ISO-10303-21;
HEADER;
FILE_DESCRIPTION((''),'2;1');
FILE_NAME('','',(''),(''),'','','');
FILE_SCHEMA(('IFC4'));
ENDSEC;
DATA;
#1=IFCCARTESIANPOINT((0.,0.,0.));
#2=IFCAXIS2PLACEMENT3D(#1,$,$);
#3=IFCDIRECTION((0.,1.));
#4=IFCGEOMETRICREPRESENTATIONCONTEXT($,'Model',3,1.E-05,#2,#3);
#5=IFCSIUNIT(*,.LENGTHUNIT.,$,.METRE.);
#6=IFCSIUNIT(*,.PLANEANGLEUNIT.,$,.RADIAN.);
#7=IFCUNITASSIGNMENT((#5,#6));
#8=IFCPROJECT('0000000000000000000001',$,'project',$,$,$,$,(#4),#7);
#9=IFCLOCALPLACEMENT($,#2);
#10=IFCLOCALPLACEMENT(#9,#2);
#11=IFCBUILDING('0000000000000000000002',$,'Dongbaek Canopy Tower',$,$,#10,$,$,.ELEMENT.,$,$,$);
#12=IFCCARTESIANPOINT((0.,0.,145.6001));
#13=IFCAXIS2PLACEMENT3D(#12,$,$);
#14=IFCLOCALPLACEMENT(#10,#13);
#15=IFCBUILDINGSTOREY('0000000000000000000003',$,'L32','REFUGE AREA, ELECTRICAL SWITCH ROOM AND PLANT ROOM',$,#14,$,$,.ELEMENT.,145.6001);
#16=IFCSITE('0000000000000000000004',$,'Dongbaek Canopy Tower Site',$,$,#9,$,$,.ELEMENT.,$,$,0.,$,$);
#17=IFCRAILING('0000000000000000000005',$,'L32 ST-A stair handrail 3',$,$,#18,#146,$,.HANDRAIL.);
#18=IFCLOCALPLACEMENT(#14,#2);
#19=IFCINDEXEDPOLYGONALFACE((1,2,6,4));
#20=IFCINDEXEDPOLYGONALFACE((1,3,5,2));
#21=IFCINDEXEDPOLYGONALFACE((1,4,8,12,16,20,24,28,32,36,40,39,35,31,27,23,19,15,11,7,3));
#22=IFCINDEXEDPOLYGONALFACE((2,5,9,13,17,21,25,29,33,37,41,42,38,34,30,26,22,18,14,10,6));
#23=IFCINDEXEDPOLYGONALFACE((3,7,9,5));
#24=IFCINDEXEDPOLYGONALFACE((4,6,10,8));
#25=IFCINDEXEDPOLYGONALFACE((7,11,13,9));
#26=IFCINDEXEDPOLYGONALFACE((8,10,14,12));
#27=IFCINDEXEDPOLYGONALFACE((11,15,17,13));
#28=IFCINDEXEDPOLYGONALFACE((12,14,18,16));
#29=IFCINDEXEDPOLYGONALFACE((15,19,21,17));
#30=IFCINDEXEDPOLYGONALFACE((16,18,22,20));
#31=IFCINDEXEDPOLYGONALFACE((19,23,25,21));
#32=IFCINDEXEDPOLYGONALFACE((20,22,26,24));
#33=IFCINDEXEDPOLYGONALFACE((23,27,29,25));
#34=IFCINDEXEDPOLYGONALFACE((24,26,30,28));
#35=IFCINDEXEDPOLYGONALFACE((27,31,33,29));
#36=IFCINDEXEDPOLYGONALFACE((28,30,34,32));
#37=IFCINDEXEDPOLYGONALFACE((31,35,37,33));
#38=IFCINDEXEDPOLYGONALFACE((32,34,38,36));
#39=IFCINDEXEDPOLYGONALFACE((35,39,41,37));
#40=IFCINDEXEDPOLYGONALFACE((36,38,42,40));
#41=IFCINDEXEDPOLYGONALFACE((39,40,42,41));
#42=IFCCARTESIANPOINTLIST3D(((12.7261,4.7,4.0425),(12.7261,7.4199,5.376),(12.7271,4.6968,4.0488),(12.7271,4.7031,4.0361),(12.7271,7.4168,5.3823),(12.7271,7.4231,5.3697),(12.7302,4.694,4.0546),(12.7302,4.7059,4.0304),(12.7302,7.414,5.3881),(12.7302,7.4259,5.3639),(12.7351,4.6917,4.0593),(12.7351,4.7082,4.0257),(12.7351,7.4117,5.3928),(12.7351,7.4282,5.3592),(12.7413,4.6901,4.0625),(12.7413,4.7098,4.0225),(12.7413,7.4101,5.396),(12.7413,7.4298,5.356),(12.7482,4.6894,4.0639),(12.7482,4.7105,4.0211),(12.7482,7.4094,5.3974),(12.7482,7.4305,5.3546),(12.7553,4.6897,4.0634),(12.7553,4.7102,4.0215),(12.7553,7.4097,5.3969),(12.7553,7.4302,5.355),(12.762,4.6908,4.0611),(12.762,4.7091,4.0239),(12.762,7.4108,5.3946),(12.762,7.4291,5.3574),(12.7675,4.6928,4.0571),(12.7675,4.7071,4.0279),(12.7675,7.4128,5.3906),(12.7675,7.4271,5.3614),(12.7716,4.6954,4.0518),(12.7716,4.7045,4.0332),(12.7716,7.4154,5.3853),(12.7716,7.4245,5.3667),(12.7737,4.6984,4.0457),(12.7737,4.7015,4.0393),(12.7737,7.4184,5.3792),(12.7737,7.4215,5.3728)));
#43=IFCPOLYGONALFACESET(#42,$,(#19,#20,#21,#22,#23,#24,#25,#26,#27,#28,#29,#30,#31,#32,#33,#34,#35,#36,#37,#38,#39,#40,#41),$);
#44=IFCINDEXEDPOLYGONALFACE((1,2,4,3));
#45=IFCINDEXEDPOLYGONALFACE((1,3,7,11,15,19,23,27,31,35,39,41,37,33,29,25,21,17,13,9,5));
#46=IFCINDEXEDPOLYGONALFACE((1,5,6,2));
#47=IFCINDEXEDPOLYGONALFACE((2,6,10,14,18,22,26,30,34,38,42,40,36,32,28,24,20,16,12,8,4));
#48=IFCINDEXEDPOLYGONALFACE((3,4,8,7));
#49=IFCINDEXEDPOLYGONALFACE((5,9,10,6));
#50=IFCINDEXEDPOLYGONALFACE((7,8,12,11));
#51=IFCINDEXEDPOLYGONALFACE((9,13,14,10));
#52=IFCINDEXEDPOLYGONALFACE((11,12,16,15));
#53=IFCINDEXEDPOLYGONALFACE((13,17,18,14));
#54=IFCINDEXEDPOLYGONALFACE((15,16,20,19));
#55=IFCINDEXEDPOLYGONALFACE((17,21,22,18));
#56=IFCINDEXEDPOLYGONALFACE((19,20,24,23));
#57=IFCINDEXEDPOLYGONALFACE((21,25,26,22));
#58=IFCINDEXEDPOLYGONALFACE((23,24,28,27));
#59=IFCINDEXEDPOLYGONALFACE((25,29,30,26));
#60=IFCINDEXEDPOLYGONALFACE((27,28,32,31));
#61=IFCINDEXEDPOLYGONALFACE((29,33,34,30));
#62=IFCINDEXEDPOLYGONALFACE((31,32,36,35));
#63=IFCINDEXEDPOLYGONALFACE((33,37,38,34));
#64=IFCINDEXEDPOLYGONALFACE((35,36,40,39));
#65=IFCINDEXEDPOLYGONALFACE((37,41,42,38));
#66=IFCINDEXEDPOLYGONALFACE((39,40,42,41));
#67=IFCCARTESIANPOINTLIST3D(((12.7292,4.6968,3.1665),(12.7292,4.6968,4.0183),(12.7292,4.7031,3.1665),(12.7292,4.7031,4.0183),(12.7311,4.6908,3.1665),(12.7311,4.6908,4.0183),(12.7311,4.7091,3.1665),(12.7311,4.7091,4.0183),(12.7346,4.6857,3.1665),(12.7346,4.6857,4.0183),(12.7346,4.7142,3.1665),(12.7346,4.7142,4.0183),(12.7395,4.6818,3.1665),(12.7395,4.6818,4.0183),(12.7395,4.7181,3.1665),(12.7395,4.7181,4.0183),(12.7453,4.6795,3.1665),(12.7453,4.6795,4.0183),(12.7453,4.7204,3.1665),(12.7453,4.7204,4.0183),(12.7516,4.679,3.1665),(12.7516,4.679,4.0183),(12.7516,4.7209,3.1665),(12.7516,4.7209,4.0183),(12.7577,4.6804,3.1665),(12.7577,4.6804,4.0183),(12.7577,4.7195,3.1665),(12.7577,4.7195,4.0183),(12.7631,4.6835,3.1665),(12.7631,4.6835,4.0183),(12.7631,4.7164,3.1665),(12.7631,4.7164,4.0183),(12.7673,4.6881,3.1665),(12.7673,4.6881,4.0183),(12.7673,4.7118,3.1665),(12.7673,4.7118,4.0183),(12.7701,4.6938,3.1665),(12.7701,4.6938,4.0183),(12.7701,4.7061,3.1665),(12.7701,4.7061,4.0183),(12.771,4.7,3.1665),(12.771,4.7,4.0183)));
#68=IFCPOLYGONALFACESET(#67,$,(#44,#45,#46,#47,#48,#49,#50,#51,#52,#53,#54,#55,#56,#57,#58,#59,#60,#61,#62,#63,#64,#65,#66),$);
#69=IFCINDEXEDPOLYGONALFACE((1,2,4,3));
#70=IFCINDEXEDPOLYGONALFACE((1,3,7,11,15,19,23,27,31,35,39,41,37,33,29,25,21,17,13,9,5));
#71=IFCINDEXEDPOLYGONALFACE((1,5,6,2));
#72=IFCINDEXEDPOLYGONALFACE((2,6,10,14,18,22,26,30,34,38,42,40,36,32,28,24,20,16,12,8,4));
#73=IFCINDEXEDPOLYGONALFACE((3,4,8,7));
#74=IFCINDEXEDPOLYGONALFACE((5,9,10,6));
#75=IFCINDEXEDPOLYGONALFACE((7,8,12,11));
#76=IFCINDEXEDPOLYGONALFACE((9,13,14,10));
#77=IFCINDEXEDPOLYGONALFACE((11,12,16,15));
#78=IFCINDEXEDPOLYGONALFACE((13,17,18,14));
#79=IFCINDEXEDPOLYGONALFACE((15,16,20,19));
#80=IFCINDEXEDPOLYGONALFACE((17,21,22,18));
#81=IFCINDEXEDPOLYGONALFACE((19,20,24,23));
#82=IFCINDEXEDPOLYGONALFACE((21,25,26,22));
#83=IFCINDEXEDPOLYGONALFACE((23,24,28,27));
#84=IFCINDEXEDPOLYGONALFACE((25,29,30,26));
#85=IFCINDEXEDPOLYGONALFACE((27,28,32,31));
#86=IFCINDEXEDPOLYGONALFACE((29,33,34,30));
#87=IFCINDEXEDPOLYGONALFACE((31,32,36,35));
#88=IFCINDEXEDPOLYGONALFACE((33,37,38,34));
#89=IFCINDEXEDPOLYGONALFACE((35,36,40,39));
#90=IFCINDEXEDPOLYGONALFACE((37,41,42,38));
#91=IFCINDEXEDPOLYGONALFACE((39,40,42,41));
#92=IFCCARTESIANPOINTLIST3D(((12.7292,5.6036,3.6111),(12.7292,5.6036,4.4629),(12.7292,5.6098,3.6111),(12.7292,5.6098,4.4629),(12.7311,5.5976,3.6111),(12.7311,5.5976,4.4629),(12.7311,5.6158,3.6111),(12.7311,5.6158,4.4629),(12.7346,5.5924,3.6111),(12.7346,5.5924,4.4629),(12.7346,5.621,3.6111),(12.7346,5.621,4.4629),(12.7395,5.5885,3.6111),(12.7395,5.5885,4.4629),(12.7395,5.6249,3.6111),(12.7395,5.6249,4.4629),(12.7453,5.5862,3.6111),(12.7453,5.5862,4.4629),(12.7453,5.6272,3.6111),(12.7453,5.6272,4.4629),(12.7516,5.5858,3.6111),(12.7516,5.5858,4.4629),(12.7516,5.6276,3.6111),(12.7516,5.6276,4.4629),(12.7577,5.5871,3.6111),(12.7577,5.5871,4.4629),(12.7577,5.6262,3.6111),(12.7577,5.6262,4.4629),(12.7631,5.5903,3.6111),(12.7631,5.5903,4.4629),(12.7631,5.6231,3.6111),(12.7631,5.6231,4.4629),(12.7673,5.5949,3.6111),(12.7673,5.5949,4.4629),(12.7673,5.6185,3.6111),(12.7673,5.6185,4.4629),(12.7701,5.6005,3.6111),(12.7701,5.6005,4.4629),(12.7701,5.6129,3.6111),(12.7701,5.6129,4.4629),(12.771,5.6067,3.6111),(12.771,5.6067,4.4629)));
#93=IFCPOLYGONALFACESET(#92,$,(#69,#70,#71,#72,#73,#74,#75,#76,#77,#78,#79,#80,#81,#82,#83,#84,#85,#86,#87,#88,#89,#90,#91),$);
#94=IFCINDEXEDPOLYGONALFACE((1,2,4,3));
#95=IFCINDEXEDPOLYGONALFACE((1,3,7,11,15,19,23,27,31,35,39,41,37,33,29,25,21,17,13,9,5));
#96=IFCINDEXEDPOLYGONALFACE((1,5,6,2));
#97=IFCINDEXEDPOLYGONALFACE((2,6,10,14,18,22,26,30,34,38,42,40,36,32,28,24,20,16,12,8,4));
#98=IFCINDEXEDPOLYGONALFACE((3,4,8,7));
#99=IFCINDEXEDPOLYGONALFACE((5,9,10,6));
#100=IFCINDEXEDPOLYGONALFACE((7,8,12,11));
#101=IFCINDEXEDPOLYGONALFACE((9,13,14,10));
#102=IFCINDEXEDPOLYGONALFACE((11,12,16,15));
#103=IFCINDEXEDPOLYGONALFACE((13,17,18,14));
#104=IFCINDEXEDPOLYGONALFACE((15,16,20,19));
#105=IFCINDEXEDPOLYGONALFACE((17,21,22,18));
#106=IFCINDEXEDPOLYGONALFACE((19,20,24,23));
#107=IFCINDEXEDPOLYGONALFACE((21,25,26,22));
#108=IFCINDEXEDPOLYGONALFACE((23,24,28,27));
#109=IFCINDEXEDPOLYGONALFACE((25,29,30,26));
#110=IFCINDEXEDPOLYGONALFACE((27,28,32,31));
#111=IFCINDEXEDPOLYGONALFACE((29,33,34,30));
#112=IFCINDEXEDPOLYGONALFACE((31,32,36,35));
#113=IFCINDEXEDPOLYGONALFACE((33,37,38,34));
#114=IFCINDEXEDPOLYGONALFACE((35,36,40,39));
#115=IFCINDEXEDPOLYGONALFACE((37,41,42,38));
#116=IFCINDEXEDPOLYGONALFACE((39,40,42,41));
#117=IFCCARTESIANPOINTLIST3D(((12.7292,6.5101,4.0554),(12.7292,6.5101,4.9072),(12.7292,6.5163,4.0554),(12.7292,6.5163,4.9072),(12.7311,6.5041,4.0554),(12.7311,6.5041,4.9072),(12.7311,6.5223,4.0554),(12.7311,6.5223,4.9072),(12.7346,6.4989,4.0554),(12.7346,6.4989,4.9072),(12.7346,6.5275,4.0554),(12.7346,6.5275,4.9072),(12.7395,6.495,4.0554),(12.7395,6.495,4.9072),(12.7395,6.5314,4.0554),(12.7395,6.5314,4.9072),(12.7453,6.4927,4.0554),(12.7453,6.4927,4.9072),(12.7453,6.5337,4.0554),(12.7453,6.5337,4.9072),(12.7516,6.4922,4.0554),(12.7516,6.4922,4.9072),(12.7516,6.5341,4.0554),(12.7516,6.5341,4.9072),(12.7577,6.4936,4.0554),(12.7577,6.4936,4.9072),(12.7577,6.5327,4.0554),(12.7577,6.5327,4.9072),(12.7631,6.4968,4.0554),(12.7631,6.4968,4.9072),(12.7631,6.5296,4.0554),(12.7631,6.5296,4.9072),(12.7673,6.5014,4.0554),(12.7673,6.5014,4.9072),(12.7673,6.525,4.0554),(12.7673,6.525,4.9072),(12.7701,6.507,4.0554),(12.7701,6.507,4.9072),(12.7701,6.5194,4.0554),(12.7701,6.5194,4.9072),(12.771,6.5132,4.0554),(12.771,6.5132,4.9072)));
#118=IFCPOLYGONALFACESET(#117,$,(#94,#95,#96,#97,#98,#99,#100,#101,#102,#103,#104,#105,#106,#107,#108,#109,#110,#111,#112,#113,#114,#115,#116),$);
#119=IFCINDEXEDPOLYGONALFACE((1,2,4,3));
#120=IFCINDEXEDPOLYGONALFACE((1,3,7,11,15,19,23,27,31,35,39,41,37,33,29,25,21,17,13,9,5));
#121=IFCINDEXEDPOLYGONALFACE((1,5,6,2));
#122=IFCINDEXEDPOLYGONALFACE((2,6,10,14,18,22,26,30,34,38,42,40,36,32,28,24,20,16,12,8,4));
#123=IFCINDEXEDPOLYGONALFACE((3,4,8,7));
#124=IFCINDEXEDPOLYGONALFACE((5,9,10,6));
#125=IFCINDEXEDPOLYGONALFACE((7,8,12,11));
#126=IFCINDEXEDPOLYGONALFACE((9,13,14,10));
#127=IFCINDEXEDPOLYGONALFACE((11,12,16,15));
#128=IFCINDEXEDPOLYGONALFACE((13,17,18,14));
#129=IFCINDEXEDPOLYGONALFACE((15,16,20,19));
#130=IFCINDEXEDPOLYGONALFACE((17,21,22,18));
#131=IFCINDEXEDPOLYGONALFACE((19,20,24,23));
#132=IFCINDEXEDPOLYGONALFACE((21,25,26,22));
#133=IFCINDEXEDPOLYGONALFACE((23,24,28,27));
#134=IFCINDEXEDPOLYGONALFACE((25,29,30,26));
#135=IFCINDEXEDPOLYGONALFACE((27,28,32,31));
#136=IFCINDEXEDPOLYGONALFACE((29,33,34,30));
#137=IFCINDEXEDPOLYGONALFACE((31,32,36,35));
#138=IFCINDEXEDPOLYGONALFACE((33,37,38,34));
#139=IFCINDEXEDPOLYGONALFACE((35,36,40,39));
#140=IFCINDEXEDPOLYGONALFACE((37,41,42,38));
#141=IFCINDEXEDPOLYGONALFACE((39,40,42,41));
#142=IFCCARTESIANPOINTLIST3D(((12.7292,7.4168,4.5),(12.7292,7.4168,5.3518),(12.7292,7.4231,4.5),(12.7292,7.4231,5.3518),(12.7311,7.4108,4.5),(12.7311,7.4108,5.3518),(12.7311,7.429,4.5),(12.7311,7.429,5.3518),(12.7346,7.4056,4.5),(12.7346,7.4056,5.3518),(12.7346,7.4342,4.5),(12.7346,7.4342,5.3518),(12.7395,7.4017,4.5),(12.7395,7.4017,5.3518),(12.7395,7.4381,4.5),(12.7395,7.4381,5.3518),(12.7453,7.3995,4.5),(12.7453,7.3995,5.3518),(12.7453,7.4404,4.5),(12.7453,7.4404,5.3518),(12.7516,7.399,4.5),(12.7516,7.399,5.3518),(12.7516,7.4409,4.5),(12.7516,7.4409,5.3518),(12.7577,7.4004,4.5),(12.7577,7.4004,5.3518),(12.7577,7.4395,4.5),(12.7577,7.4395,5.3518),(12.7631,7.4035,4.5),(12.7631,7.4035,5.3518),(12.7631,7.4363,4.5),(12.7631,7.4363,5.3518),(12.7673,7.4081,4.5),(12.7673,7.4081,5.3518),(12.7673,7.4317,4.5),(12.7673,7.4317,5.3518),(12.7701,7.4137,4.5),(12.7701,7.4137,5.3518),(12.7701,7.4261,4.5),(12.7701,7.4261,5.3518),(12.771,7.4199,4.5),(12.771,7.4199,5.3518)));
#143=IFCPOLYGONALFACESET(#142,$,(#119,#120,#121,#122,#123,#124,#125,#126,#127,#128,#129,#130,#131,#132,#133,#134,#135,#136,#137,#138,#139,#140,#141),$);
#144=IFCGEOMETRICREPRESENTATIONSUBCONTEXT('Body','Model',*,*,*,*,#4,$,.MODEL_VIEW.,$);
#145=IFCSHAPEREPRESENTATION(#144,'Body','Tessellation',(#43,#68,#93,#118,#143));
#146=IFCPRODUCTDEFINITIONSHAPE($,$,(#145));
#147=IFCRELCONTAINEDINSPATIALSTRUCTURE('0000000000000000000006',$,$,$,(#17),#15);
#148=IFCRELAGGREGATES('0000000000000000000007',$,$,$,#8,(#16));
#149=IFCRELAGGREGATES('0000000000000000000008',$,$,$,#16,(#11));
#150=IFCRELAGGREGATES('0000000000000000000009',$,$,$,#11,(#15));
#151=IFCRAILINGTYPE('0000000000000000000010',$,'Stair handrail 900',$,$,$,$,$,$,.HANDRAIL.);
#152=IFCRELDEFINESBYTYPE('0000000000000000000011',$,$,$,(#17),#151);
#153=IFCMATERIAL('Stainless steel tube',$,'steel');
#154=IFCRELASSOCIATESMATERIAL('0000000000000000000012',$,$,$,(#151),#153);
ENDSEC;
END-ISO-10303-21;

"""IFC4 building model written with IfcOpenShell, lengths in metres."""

from ifc_helpers import new_model, si_unit, direction, frame, origin, origin_2d, place, context, subcontext, project, spatial, circle, extrude, material, type_object, element, save


model = new_model("IFC4")

# Units and contexts
model_context = context("Model", 3, precision=1e-05, world=origin(), true_north=direction((0.0, 1.0)))
body_context = subcontext(model_context, "Body", "Model", "MODEL_VIEW")
ifc_project = project(units=[si_unit("LENGTHUNIT", "METRE"), si_unit("PLANEANGLEUNIT", "RADIAN")], contexts=[model_context])

# Site, building, storey
site_placement = place(None, origin())
site = spatial("IfcSite", under=ifc_project, at=site_placement, Name="Dongbaek Canopy Tower Site", CompositionType="ELEMENT", RefElevation=0.0)
building_placement = place(site_placement, origin())
building = spatial("IfcBuilding", under=site, at=building_placement, Name="Dongbaek Canopy Tower", CompositionType="ELEMENT")
storey_placement = place(building_placement, frame((0.0, 0.0, 145.6001)))
storey = spatial("IfcBuildingStorey", under=building, at=storey_placement, Name="L32", Description="REFUGE AREA, ELECTRICAL SWITCH ROOM AND PLANT ROOM", CompositionType="ELEMENT", Elevation=145.6001)

# Railing
ifc_material_1 = material(Name="Stainless steel tube", Category="steel")
railing_type_1 = type_object("IfcRailingType", Name="Stair handrail 900", PredefinedType="HANDRAIL", material=ifc_material_1)
for number, where, name in (
    (1, (12.75, 4.7, 3.1665), "L32 ST-A stair handrail 3"),
):
    element("IfcRailing", number, at=place(storey_placement, frame(where)), inside=storey, type_object=railing_type_1, Name=name, PredefinedType="HANDRAIL", context=body_context, shape_type="SweptSolid", body=[
        extrude(circle(Radius=0.0239, at=origin_2d()), frame((0.0, 0.0, 0.876), z_axis=(0.0, 0.897898, 0.440204), x_axis=(-1.0, 0.0, 0.0)), (0.0, 0.0, 1.0), 3.0293),
        extrude(circle(Radius=0.021, at=origin_2d()), origin(), (0.0, 0.0, 1.0), 0.8518),
        extrude(circle(Radius=0.021, at=origin_2d()), frame((0.0, 0.9067, 0.4446)), (0.0, 0.0, 1.0), 0.8518),
        extrude(circle(Radius=0.021, at=origin_2d()), frame((0.0, 1.8132, 0.8889)), (0.0, 0.0, 1.0), 0.8518),
        extrude(circle(Radius=0.021, at=origin_2d()), frame((0.0, 2.72, 1.3335)), (0.0, 0.0, 1.0), 0.8518),
    ])

save(model, "model.ifc")
